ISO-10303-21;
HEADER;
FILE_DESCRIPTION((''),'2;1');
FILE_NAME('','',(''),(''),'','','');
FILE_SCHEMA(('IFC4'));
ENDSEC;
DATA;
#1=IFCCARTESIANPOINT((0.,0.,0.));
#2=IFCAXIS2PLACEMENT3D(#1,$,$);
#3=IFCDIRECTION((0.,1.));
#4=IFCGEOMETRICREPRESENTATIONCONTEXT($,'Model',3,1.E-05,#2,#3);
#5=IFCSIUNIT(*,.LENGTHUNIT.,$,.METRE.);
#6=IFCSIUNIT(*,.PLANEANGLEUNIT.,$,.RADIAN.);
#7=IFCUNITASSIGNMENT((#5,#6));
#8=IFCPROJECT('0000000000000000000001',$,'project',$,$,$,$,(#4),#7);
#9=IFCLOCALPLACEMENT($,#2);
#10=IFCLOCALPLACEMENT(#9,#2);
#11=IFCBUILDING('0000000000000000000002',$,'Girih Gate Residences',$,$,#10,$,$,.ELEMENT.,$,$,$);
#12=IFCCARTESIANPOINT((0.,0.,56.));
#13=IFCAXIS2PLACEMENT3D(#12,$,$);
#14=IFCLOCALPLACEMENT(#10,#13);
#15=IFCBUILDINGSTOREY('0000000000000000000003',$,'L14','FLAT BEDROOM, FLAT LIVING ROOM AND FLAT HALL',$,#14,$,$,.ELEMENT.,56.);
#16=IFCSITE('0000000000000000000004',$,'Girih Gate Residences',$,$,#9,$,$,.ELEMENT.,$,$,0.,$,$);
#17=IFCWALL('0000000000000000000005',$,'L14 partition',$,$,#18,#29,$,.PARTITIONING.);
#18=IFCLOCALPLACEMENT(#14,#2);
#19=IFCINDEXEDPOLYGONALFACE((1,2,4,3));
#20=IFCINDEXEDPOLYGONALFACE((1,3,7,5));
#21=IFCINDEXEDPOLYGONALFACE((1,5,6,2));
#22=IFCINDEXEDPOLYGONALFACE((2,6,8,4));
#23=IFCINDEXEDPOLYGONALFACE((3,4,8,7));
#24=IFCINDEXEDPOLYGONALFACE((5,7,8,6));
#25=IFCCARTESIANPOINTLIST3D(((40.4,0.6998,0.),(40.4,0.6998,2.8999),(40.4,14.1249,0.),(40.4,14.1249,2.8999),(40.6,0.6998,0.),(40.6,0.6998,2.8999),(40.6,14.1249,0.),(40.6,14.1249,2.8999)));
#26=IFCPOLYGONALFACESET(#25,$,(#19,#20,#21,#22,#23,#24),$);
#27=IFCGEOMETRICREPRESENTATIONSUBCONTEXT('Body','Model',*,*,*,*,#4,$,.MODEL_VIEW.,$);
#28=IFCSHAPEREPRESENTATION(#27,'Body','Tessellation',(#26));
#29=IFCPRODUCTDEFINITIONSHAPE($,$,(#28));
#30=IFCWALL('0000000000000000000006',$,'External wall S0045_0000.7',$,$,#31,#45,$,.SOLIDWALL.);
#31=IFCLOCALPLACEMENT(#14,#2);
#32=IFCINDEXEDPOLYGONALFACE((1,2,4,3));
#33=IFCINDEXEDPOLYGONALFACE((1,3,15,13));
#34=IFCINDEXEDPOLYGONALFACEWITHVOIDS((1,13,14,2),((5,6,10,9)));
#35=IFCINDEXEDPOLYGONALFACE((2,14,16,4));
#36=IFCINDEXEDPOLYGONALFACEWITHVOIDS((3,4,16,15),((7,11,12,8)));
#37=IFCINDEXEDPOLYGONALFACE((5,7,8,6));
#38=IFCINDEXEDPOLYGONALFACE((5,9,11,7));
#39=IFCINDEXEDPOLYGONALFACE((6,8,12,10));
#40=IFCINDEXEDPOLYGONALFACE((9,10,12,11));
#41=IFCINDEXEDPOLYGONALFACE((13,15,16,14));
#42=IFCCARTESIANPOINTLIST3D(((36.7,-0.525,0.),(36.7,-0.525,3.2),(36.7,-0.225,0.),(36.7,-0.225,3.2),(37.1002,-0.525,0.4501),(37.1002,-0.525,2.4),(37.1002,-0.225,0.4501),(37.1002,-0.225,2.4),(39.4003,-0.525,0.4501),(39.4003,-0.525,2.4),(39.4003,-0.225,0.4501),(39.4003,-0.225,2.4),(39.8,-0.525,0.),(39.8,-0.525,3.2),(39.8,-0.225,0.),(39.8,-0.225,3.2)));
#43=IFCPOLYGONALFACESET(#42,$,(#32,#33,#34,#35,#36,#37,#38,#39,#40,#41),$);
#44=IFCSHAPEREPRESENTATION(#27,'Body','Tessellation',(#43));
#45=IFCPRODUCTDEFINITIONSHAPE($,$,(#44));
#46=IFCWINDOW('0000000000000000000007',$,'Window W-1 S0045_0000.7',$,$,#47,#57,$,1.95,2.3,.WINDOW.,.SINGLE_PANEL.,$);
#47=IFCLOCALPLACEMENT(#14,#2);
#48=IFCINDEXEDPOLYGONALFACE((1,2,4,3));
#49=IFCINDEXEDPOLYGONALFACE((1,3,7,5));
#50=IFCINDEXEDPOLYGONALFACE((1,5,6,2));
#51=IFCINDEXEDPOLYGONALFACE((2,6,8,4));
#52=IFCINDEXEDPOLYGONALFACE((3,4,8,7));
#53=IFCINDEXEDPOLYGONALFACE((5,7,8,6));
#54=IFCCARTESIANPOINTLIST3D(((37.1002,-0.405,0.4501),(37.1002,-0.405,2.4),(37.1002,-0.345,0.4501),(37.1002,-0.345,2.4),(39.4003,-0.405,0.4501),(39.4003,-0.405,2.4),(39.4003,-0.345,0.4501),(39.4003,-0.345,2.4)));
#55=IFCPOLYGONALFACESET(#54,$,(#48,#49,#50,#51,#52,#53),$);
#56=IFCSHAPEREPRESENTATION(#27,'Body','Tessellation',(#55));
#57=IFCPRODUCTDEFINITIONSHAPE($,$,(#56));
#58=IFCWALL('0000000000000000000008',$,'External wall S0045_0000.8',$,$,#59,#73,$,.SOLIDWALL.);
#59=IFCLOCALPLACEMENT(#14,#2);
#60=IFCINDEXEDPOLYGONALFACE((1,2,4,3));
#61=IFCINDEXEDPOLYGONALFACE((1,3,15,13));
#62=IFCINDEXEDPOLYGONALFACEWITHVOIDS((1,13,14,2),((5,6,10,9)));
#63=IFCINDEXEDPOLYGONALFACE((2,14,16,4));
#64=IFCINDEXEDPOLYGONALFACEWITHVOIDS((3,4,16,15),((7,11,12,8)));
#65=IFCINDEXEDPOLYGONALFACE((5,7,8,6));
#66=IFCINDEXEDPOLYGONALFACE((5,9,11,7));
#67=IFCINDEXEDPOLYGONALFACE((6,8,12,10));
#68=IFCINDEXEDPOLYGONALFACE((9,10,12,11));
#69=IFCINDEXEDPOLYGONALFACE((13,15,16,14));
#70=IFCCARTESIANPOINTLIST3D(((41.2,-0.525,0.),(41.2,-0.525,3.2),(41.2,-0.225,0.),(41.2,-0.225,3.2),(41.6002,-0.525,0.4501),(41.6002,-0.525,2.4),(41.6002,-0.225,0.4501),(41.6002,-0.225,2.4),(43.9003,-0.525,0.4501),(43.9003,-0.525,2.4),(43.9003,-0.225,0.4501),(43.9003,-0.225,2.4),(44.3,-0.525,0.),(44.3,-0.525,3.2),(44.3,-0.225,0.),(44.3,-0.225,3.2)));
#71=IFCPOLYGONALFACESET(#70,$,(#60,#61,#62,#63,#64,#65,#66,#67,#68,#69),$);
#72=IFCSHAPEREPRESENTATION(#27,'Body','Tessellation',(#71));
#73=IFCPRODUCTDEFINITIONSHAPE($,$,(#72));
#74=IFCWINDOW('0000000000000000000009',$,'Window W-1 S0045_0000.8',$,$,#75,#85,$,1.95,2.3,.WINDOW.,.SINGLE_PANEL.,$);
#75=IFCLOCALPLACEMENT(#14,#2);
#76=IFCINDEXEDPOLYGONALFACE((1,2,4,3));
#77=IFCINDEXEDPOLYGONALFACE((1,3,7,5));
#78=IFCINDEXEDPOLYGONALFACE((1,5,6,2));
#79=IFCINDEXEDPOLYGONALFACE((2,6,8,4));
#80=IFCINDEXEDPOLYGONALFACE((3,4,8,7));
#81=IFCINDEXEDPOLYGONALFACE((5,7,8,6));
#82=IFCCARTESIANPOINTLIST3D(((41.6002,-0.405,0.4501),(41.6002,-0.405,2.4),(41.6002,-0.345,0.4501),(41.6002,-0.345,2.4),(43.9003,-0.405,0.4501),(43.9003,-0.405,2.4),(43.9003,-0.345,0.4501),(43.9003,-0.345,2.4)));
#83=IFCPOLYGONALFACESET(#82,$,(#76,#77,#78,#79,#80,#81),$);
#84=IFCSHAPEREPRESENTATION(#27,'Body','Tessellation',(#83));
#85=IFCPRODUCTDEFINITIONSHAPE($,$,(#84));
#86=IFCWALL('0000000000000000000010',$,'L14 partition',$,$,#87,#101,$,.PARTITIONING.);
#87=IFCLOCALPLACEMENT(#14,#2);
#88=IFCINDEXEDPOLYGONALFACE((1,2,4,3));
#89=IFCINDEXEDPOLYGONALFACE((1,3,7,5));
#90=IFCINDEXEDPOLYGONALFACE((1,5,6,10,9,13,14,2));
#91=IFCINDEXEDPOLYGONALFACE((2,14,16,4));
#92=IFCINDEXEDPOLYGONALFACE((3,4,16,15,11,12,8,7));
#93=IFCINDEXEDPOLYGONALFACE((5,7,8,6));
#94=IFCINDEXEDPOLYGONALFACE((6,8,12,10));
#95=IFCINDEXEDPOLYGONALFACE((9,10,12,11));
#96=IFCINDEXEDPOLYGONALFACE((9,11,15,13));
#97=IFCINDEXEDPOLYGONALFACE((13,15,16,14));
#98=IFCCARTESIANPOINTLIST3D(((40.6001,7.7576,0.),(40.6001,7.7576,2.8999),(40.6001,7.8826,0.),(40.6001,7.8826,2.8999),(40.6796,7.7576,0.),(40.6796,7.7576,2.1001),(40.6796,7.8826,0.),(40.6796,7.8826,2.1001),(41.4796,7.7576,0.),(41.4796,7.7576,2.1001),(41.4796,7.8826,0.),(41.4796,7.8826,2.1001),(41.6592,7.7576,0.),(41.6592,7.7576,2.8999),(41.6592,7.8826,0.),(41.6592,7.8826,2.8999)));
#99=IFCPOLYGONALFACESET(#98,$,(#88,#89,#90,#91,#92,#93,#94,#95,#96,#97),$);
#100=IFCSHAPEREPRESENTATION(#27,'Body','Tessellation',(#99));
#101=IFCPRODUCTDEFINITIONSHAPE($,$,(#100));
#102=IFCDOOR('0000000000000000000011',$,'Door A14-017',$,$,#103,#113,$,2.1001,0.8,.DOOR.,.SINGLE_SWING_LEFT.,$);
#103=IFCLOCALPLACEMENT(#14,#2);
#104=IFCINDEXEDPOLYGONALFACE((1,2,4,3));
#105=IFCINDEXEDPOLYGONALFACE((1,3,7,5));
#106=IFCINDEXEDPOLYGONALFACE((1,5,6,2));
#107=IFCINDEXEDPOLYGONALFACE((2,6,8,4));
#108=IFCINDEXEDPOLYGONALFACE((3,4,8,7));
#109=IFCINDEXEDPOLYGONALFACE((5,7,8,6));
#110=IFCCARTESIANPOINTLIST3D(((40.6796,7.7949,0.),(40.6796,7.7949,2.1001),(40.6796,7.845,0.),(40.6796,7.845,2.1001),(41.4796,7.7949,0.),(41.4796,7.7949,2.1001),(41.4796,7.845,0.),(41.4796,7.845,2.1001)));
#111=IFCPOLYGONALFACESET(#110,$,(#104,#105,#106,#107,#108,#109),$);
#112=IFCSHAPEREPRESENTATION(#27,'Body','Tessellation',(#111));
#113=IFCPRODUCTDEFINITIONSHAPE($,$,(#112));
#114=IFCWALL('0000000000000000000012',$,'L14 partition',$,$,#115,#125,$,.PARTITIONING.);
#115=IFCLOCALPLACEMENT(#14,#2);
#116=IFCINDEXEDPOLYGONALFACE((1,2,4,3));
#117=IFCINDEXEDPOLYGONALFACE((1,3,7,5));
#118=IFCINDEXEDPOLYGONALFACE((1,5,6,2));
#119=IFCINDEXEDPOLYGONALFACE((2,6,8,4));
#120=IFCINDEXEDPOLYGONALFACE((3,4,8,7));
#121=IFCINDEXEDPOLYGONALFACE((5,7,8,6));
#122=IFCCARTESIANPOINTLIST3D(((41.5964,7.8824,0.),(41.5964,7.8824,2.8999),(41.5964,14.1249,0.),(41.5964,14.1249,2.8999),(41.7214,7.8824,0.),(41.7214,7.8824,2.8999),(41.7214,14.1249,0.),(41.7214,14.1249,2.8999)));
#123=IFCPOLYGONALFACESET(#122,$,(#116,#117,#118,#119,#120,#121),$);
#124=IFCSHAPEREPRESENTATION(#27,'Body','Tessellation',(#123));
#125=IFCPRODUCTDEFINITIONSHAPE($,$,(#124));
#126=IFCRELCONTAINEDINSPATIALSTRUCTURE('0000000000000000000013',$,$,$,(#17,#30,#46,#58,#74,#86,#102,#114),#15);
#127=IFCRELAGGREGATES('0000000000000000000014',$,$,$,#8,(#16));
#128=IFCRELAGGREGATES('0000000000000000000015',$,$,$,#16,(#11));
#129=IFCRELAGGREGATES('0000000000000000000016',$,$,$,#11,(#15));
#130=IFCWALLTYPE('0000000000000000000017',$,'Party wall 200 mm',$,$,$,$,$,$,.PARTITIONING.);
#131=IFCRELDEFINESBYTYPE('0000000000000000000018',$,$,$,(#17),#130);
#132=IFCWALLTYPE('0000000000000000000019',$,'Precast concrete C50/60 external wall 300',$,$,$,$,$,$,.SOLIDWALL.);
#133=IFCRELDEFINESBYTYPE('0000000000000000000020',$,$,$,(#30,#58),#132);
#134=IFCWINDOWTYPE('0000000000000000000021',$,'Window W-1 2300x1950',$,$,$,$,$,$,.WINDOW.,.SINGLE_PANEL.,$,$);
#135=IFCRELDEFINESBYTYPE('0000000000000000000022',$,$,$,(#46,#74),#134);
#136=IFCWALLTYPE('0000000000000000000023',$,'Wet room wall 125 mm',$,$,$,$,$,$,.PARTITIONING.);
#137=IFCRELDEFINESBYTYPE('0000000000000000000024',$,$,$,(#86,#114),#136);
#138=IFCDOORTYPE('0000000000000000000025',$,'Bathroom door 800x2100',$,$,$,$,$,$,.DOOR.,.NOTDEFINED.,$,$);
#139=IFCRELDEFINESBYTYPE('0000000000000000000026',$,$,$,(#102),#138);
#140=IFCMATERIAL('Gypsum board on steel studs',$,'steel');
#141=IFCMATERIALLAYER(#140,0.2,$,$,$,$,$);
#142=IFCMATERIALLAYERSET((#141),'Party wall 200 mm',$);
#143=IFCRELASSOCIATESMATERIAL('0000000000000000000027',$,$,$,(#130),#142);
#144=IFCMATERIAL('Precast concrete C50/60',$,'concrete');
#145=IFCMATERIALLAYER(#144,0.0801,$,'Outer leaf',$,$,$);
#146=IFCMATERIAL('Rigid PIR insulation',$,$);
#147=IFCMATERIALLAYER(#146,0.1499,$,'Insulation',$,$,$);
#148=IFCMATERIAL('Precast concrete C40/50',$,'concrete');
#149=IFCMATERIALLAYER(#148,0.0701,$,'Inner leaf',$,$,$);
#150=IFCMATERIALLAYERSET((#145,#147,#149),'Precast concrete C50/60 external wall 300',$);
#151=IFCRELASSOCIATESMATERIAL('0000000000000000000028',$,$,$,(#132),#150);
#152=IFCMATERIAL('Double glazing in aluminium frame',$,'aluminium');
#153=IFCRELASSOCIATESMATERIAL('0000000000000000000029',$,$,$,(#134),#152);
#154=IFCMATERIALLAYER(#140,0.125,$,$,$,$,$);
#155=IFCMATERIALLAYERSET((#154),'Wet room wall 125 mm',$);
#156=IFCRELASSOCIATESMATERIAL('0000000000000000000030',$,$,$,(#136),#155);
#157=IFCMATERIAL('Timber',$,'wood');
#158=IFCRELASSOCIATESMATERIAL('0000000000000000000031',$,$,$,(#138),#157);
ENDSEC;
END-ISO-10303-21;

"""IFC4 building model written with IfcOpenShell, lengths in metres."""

from ifc_helpers import new_model, si_unit, direction, frame, frame_2d, origin, place, context, subcontext, project, spatial, rectangle, extrude, material, layer, layer_set, type_object, element, fill, save


model = new_model("IFC4")

# Units and contexts
model_context = context("Model", 3, precision=1e-05, world=origin(), true_north=direction((0.0, 1.0)))
body_context = subcontext(model_context, "Body", "Model", "MODEL_VIEW")
ifc_project = project(units=[si_unit("LENGTHUNIT", "METRE"), si_unit("PLANEANGLEUNIT", "RADIAN")], contexts=[model_context])

# Site, building, storey
site_placement = place(None, origin())
site = spatial("IfcSite", under=ifc_project, at=site_placement, Name="Girih Gate Residences", CompositionType="ELEMENT", RefElevation=0.0)
building_placement = place(site_placement, origin())
building = spatial("IfcBuilding", under=site, at=building_placement, Name="Girih Gate Residences", CompositionType="ELEMENT")
storey_placement = place(building_placement, frame((0.0, 0.0, 56.0)))
storey = spatial("IfcBuildingStorey", under=building, at=storey_placement, Name="L14", Description="FLAT BEDROOM, FLAT LIVING ROOM AND FLAT HALL", CompositionType="ELEMENT", Elevation=56.0)

# Shared definitions
ifc_material_1 = material(Name="Gypsum board on steel studs", Category="steel")
ifc_material_2 = material(Name="Timber", Category="wood")

# Wall
ifc_layer_1 = layer(ifc_material_1, 0.2)
ifc_layer_set_1 = layer_set([ifc_layer_1], Name="Party wall 200 mm")
wall_type_1 = type_object("IfcWallType", Name="Party wall 200 mm", PredefinedType="PARTITIONING", material=ifc_layer_set_1)
wall_1_placement = place(storey_placement, frame((40.5, 0.7, 0.0), z_axis=(0.0, 0.0, 1.0), x_axis=(0.0, 1.0, 0.0)))
element("IfcWall", 1, at=wall_1_placement, inside=storey, type_object=wall_type_1, Name="L14 partition", PredefinedType="PARTITIONING", context=body_context, shape_type="SweptSolid", body=[
    extrude(rectangle(XDim=13.425, YDim=0.2, at=frame_2d((6.7124, 0.0))), origin(), (0.0, 0.0, 1.0), 2.8999),
])

# Walls, openings, windows
ifc_material_3 = material(Name="Precast concrete C50/60", Category="concrete")
ifc_layer_2 = layer(ifc_material_3, 0.0801, Name="Outer leaf")
ifc_material_4 = material(Name="Rigid PIR insulation")
ifc_layer_3 = layer(ifc_material_4, 0.1499, Name="Insulation")
ifc_material_5 = material(Name="Precast concrete C40/50", Category="concrete")
ifc_layer_4 = layer(ifc_material_5, 0.0701, Name="Inner leaf")
ifc_layer_set_2 = layer_set([ifc_layer_2, ifc_layer_3, ifc_layer_4], Name="Precast concrete C50/60 external wall 300")
wall_type_2 = type_object("IfcWallType", Name="Precast concrete C50/60 external wall 300", PredefinedType="SOLIDWALL", material=ifc_layer_set_2)
wall_2_placement = place(storey_placement, frame((39.8, -0.375, 0.0), z_axis=(0.0, 0.0, 1.0), x_axis=(-1.0, 0.0, 0.0)))
wall_2 = element("IfcWall", 2, at=wall_2_placement, inside=storey, type_object=wall_type_2, Name="External wall S0045_0000.7", PredefinedType="SOLIDWALL", context=body_context, shape_type="SweptSolid", body=[
    extrude(rectangle(XDim=3.1001, YDim=0.3, at=frame_2d((1.55, 0.0))), origin(), (0.0, 0.0, 1.0), 3.2),
])
opening_1_placement = place(wall_2_placement, frame((0.3999, 0.0, 0.45)))
opening_1 = element("IfcOpeningElement", 3, at=opening_1_placement, cuts=wall_2, PredefinedType="OPENING", context=body_context, shape_type="SweptSolid", body=[
    extrude(rectangle(XDim=2.3, YDim=1.95, at=frame_2d((1.1499, 0.9751))), frame((0.0, 0.1599, 0.0), z_axis=(0.0, -1.0, 0.0), x_axis=(1.0, 0.0, 0.0)), (0.0, 0.0, 1.0), 0.3201),
])
ifc_material_6 = material(Name="Double glazing in aluminium frame", Category="aluminium")
window_type = type_object("IfcWindowType", Name="Window W-1 2300x1950", PartitioningType="SINGLE_PANEL", PredefinedType="WINDOW", material=ifc_material_6)
window_1_placement = place(opening_1_placement, origin())
window_1 = element("IfcWindow", 4, at=window_1_placement, inside=storey, type_object=window_type, Name="Window W-1 S0045_0000.7", OverallHeight=1.95, OverallWidth=2.3, PartitioningType="SINGLE_PANEL", PredefinedType="WINDOW", context=body_context, shape_type="SweptSolid", body=[
    extrude(rectangle(XDim=2.3, YDim=1.95, at=frame_2d((1.1499, 0.9751))), frame((0.0, 0.03, 0.0), z_axis=(0.0, -1.0, 0.0), x_axis=(1.0, 0.0, 0.0)), (0.0, 0.0, 1.0), 0.0601),
])
fill(opening_1, window_1)
wall_3_placement = place(storey_placement, frame((44.3, -0.375, 0.0), z_axis=(0.0, 0.0, 1.0), x_axis=(-1.0, 0.0, 0.0)))
wall_3 = element("IfcWall", 5, at=wall_3_placement, inside=storey, type_object=wall_type_2, Name="External wall S0045_0000.8", PredefinedType="SOLIDWALL", context=body_context, shape_type="SweptSolid", body=[
    extrude(rectangle(XDim=3.1001, YDim=0.3, at=frame_2d((1.55, 0.0))), origin(), (0.0, 0.0, 1.0), 3.2),
])
opening_2_placement = place(wall_3_placement, frame((0.3999, 0.0, 0.45)))
opening_2 = element("IfcOpeningElement", 6, at=opening_2_placement, cuts=wall_3, PredefinedType="OPENING", context=body_context, shape_type="SweptSolid", body=[
    extrude(rectangle(XDim=2.3, YDim=1.95, at=frame_2d((1.1499, 0.9751))), frame((0.0, 0.1599, 0.0), z_axis=(0.0, -1.0, 0.0), x_axis=(1.0, 0.0, 0.0)), (0.0, 0.0, 1.0), 0.3201),
])
window_2_placement = place(opening_2_placement, origin())
window_2 = element("IfcWindow", 7, at=window_2_placement, inside=storey, type_object=window_type, Name="Window W-1 S0045_0000.8", OverallHeight=1.95, OverallWidth=2.3, PartitioningType="SINGLE_PANEL", PredefinedType="WINDOW", context=body_context, shape_type="SweptSolid", body=[
    extrude(rectangle(XDim=2.3, YDim=1.95, at=frame_2d((1.1499, 0.9751))), frame((0.0, 0.03, 0.0), z_axis=(0.0, -1.0, 0.0), x_axis=(1.0, 0.0, 0.0)), (0.0, 0.0, 1.0), 0.0601),
])
fill(opening_2, window_2)

# Wall, opening, door
ifc_layer_5 = layer(ifc_material_1, 0.125)
ifc_layer_set_3 = layer_set([ifc_layer_5], Name="Wet room wall 125 mm")
wall_type_3 = type_object("IfcWallType", Name="Wet room wall 125 mm", PredefinedType="PARTITIONING", material=ifc_layer_set_3)
wall_4_placement = place(storey_placement, frame((40.6001, 7.8201, 0.0), z_axis=(0.0, 0.0, 1.0), x_axis=(1.0, 0.0, 0.0)))
wall_4 = element("IfcWall", 8, at=wall_4_placement, inside=storey, type_object=wall_type_3, Name="L14 partition", PredefinedType="PARTITIONING", context=body_context, shape_type="SweptSolid", body=[
    extrude(rectangle(XDim=1.0591, YDim=0.125, at=frame_2d((0.5295, 0.0))), origin(), (0.0, 0.0, 1.0), 2.8999),
])
opening_3_placement = place(wall_4_placement, frame((0.0796, 0.0, 0.0)))
opening_3 = element("IfcOpeningElement", 9, at=opening_3_placement, cuts=wall_4, PredefinedType="OPENING", context=body_context, shape_type="SweptSolid", body=[
    extrude(rectangle(XDim=0.8, YDim=2.1001, at=frame_2d((0.3999, 1.05))), frame((0.0, 0.0725, 0.0), z_axis=(0.0, -1.0, 0.0), x_axis=(1.0, 0.0, 0.0)), (0.0, 0.0, 1.0), 0.145),
])
door_type_1 = type_object("IfcDoorType", Name="Bathroom door 800x2100", OperationType="NOTDEFINED", PredefinedType="DOOR", material=ifc_material_2)
door_1_placement = place(opening_3_placement, origin())
door_1 = element("IfcDoor", 10, at=door_1_placement, inside=storey, type_object=door_type_1, Name="Door A14-017", OperationType="SINGLE_SWING_LEFT", OverallHeight=2.1001, OverallWidth=0.8, PredefinedType="DOOR", context=body_context, shape_type="SweptSolid", body=[
    extrude(rectangle(XDim=0.8, YDim=2.1001, at=frame_2d((0.3999, 1.05))), frame((0.0, 0.0249, 0.0), z_axis=(0.0, -1.0, 0.0), x_axis=(1.0, 0.0, 0.0)), (0.0, 0.0, 1.0), 0.05),
])
fill(opening_3, door_1)

# Wall
wall_5_placement = place(storey_placement, frame((41.6589, 7.8826, 0.0), z_axis=(0.0, 0.0, 1.0), x_axis=(0.0, 1.0, 0.0)))
element("IfcWall", 11, at=wall_5_placement, inside=storey, type_object=wall_type_3, Name="L14 partition", PredefinedType="PARTITIONING", context=body_context, shape_type="SweptSolid", body=[
    extrude(rectangle(XDim=6.2424, YDim=0.125, at=frame_2d((3.1211, 0.0))), origin(), (0.0, 0.0, 1.0), 2.8999),
])

save(model, "model.ifc")
